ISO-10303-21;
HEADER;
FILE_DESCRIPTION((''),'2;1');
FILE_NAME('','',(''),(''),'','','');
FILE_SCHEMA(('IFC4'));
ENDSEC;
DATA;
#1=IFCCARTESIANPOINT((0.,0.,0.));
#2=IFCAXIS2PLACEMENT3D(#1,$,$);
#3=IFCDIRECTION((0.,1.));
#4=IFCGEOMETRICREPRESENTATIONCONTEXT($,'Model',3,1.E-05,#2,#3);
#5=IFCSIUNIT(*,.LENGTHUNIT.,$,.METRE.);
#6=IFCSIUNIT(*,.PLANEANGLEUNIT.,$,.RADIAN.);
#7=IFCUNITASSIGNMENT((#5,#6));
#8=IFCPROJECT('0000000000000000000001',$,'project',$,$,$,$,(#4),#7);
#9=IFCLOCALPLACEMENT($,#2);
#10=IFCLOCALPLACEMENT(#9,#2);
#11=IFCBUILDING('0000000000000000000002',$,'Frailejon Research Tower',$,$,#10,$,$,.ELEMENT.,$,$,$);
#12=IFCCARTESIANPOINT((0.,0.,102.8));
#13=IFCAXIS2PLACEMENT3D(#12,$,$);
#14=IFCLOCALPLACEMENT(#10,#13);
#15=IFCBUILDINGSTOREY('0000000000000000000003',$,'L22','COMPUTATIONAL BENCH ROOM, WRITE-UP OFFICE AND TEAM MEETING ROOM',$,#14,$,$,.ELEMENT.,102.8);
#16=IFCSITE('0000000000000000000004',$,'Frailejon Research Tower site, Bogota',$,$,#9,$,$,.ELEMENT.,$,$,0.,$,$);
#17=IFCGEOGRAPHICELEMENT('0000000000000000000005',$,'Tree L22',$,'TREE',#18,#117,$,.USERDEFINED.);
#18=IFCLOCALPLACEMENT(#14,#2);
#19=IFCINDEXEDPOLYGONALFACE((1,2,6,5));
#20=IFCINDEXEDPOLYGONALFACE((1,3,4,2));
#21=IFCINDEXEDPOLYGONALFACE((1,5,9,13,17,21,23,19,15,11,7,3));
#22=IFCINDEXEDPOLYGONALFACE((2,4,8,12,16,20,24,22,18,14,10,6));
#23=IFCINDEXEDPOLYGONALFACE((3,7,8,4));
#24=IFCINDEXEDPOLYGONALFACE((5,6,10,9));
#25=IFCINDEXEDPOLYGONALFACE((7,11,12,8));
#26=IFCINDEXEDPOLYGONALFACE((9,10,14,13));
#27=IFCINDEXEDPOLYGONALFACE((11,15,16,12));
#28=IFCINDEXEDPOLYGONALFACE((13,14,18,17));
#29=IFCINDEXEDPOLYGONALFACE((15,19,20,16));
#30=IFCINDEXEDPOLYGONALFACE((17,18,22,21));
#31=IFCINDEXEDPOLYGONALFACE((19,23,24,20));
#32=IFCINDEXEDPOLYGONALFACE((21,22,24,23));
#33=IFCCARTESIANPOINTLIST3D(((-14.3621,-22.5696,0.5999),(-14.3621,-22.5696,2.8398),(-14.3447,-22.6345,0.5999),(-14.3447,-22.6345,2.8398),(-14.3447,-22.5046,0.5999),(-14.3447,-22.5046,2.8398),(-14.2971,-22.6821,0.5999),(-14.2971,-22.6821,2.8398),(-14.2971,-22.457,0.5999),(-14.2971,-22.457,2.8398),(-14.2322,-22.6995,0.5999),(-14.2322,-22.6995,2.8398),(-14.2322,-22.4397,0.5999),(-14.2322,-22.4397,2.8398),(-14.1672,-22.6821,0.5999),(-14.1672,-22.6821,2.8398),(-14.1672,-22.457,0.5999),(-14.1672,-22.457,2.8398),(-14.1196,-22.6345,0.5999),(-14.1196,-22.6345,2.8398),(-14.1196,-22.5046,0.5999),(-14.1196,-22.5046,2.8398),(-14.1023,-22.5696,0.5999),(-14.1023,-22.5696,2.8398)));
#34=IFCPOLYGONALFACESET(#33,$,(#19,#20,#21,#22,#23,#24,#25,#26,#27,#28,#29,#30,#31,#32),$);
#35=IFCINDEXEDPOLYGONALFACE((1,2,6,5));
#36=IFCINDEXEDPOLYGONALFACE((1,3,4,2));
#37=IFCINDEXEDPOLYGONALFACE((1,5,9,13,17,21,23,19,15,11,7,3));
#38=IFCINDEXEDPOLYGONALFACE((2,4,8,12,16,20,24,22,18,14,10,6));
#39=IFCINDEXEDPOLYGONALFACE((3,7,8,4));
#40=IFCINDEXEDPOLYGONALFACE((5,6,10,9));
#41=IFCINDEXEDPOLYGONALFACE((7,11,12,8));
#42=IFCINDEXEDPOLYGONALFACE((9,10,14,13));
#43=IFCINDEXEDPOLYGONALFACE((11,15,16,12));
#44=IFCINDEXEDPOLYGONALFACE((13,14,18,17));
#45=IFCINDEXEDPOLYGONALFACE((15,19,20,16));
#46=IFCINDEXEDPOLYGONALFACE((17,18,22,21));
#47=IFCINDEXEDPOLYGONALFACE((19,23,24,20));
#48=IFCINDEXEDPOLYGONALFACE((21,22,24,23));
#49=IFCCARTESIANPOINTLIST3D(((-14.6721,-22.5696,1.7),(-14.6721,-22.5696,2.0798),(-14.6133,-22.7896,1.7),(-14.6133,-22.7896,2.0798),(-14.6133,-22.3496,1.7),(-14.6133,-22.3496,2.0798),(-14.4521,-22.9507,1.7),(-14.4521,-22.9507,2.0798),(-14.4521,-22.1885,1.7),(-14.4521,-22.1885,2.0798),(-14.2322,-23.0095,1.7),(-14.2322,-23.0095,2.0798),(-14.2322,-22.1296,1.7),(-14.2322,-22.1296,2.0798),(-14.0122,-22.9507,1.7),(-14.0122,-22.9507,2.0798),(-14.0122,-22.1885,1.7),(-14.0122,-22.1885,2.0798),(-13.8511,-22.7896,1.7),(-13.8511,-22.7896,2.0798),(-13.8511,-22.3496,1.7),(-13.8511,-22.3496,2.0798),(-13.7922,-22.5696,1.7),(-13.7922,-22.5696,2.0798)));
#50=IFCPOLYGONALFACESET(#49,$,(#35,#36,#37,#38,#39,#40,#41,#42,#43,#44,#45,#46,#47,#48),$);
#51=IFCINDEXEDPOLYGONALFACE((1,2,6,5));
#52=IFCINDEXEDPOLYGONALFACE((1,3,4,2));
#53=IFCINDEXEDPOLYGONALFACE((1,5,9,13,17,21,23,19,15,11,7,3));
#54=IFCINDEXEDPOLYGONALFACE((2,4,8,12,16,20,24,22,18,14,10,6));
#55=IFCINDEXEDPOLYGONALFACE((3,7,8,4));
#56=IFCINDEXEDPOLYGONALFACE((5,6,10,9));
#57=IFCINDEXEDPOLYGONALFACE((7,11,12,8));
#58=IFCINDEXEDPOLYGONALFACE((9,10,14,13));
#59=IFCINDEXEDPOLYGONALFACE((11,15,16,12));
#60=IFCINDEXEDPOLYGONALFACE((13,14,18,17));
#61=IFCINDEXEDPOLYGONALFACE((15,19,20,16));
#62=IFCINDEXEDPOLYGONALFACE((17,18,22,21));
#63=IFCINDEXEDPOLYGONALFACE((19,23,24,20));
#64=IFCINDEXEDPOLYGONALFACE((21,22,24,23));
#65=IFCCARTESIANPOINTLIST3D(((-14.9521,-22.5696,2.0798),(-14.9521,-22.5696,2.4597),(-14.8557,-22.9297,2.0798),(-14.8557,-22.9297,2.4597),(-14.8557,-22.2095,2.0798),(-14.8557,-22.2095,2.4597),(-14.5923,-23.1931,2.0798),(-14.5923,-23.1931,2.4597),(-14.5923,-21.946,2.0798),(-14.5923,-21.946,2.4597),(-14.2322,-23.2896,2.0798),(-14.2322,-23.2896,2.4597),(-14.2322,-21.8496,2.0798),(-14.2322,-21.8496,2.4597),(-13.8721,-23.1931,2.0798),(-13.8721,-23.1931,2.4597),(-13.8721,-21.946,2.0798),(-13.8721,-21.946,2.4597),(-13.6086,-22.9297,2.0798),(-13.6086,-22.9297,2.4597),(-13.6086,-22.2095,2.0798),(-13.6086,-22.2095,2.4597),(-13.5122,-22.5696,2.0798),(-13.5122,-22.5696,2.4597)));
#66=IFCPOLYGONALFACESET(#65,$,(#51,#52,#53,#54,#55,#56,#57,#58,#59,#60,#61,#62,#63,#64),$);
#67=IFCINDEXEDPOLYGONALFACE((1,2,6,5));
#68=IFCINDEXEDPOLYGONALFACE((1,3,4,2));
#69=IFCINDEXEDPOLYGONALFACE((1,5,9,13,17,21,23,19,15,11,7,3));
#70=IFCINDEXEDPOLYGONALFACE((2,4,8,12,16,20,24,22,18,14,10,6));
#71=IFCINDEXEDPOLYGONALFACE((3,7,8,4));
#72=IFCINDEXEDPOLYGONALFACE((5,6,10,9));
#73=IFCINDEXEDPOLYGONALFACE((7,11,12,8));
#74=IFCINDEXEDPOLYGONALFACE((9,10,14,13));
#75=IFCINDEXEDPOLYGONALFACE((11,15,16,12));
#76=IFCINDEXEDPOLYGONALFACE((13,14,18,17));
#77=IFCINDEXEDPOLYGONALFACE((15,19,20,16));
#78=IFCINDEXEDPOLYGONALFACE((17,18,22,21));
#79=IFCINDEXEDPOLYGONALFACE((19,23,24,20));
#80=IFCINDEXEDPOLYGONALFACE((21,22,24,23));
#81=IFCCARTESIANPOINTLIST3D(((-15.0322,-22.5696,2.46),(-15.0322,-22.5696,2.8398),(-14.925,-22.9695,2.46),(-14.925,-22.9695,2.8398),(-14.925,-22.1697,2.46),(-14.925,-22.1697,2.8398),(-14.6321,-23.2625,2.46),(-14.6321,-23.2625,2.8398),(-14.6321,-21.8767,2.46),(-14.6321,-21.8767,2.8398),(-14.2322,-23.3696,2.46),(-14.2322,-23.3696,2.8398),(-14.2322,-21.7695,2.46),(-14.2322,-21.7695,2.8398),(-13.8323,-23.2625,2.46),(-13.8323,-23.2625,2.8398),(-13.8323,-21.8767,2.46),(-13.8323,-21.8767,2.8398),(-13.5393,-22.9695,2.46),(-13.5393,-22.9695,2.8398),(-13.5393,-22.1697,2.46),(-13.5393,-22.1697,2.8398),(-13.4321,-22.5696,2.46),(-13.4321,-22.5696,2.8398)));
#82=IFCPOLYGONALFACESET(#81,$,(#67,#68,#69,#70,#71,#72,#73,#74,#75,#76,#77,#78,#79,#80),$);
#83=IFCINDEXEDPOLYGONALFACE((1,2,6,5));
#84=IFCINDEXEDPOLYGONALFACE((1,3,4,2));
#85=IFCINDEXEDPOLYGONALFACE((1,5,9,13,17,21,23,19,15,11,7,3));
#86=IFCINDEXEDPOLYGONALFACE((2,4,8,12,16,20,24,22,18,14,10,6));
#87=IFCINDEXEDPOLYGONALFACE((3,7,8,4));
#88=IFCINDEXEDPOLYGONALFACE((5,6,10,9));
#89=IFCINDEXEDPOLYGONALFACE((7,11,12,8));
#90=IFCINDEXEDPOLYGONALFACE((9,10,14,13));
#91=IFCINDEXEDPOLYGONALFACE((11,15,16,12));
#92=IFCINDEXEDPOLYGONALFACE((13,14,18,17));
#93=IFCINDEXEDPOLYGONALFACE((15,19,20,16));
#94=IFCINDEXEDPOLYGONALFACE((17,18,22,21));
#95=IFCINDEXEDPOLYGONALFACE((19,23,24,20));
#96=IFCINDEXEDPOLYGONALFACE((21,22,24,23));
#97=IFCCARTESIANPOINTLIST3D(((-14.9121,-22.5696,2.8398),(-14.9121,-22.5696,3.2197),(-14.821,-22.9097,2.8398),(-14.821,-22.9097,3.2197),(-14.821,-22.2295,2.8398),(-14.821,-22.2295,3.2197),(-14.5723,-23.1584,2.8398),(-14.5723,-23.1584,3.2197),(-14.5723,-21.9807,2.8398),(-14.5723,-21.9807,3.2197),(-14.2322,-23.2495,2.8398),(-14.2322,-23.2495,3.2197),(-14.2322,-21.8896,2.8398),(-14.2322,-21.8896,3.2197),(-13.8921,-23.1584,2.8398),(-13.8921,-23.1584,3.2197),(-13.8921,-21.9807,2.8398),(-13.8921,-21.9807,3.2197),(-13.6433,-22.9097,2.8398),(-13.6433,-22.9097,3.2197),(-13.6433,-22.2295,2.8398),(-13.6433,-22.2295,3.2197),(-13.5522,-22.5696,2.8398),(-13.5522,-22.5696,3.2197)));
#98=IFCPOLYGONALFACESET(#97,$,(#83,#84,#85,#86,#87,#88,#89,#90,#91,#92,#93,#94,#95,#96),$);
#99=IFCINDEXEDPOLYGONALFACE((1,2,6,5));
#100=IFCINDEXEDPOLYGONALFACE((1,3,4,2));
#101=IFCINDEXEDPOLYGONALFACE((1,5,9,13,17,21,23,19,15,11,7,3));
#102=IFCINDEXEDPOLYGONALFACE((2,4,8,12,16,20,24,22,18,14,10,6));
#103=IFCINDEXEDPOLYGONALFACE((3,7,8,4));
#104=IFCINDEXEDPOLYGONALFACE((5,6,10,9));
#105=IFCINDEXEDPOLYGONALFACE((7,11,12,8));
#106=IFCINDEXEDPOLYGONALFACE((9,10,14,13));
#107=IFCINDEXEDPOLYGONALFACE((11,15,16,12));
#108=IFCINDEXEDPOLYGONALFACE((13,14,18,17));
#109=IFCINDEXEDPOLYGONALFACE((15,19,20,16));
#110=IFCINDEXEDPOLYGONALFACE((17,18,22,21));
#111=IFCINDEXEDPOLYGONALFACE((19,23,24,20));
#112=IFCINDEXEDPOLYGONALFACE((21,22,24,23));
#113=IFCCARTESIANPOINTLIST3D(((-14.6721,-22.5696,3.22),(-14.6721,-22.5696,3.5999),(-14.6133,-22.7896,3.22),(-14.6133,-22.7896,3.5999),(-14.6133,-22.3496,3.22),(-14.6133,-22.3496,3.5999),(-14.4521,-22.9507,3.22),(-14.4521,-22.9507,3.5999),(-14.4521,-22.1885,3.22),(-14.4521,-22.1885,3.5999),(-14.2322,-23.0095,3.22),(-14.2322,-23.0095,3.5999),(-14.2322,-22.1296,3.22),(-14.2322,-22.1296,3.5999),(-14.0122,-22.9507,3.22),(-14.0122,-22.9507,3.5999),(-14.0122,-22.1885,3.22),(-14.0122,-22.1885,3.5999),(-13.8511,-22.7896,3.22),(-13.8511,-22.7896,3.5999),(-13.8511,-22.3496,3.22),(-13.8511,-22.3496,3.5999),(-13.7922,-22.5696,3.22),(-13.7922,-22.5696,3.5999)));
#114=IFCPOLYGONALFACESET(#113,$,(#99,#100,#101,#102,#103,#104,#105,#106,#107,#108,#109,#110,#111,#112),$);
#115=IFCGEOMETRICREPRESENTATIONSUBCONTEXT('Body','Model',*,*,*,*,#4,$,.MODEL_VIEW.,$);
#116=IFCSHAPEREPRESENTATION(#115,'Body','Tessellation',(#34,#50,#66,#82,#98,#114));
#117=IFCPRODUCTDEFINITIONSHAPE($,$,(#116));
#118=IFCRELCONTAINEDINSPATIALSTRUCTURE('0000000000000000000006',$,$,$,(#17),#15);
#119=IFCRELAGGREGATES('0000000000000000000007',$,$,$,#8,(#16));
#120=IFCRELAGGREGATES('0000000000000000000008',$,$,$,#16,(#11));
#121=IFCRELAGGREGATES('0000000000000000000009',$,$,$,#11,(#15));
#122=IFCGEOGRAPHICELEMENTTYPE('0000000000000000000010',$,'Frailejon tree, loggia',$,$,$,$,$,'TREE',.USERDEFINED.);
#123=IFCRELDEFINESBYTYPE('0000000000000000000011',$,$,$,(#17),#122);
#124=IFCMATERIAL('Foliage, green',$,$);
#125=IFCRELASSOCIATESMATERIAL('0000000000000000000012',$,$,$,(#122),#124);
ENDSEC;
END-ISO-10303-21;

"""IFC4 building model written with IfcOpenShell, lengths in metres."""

from ifc_helpers import new_model, si_unit, direction, frame, origin, place, context, subcontext, project, spatial, polyline, outline, extrude, material, type_object, element, save


model = new_model("IFC4")

# Units and contexts
model_context = context("Model", 3, precision=1e-05, world=origin(), true_north=direction((0.0, 1.0)))
body_context = subcontext(model_context, "Body", "Model", "MODEL_VIEW")
ifc_project = project(units=[si_unit("LENGTHUNIT", "METRE"), si_unit("PLANEANGLEUNIT", "RADIAN")], contexts=[model_context])

# Site, building, storey
site_placement = place(None, origin())
site = spatial("IfcSite", under=ifc_project, at=site_placement, Name="Frailejon Research Tower site, Bogota", CompositionType="ELEMENT", RefElevation=0.0)
building_placement = place(site_placement, origin())
building = spatial("IfcBuilding", under=site, at=building_placement, Name="Frailejon Research Tower", CompositionType="ELEMENT")
storey_placement = place(building_placement, frame((0.0, 0.0, 102.8)))
storey = spatial("IfcBuildingStorey", under=building, at=storey_placement, Name="L22", Description="COMPUTATIONAL BENCH ROOM, WRITE-UP OFFICE AND TEAM MEETING ROOM", CompositionType="ELEMENT", Elevation=102.8)

# Geographic element
ifc_material_1 = material(Name="Foliage, green")
geographic_element_type = type_object("IfcGeographicElementType", Name="Frailejon tree, loggia", ElementType="TREE", PredefinedType="USERDEFINED", material=ifc_material_1)
geographic_element_placement = place(storey_placement, frame((-14.2322, -22.5696, 0.5999)))
element("IfcGeographicElement", 1, at=geographic_element_placement, inside=storey, type_object=geographic_element_type, Name="Tree L22", ObjectType="TREE", PredefinedType="USERDEFINED", context=body_context, shape_type="SweptSolid", body=[
    extrude(outline(polyline([(0.1299, 0.0), (0.1125, 0.0649), (0.0649, 0.1125), (0.0, 0.1299), (-0.0649, 0.1125), (-0.1125, 0.0649), (-0.1299, 0.0), (-0.1125, -0.0649), (-0.0649, -0.1125), (0.0, -0.1299), (0.0649, -0.1125), (0.1125, -0.0649), (0.1299, 0.0)])), origin(), (0.0, 0.0, 1.0), 2.24),
    extrude(outline(polyline([(0.4399, 0.0), (0.3811, 0.22), (0.22, 0.3811), (0.0, 0.4399), (-0.22, 0.3811), (-0.3811, 0.22), (-0.4399, 0.0), (-0.3811, -0.22), (-0.22, -0.3811), (0.0, -0.4399), (0.22, -0.3811), (0.3811, -0.22), (0.4399, 0.0)])), frame((0.0, 0.0, 1.1001)), (0.0, 0.0, 1.0), 0.3799),
    extrude(outline(polyline([(0.72, 0.0), (0.6235, 0.3601), (0.3601, 0.6235), (0.0, 0.72), (-0.3601, 0.6235), (-0.6235, 0.3601), (-0.72, 0.0), (-0.6235, -0.3601), (-0.3601, -0.6235), (0.0, -0.72), (0.3601, -0.6235), (0.6235, -0.3601), (0.72, 0.0)])), frame((0.0, 0.0, 1.48)), (0.0, 0.0, 1.0), 0.3799),
    extrude(outline(polyline([(0.8, 0.0), (0.6929, 0.3999), (0.3999, 0.6929), (0.0, 0.8), (-0.3999, 0.6929), (-0.6929, 0.3999), (-0.8, 0.0), (-0.6929, -0.3999), (-0.3999, -0.6929), (0.0, -0.8), (0.3999, -0.6929), (0.6929, -0.3999), (0.8, 0.0)])), frame((0.0, 0.0, 1.8601)), (0.0, 0.0, 1.0), 0.3799),
    extrude(outline(polyline([(0.6799, 0.0), (0.5889, 0.3401), (0.3401, 0.5889), (0.0, 0.6799), (-0.3401, 0.5889), (-0.5889, 0.3401), (-0.6799, 0.0), (-0.5889, -0.3401), (-0.3401, -0.5889), (0.0, -0.6799), (0.3401, -0.5889), (0.5889, -0.3401), (0.6799, 0.0)])), frame((0.0, 0.0, 2.24)), (0.0, 0.0, 1.0), 0.3799),
    extrude(outline(polyline([(0.4399, 0.0), (0.3811, 0.22), (0.22, 0.3811), (0.0, 0.4399), (-0.22, 0.3811), (-0.3811, 0.22), (-0.4399, 0.0), (-0.3811, -0.22), (-0.22, -0.3811), (0.0, -0.4399), (0.22, -0.3811), (0.3811, -0.22), (0.4399, 0.0)])), frame((0.0, 0.0, 2.6201)), (0.0, 0.0, 1.0), 0.3799),
])

save(model, "model.ifc")
